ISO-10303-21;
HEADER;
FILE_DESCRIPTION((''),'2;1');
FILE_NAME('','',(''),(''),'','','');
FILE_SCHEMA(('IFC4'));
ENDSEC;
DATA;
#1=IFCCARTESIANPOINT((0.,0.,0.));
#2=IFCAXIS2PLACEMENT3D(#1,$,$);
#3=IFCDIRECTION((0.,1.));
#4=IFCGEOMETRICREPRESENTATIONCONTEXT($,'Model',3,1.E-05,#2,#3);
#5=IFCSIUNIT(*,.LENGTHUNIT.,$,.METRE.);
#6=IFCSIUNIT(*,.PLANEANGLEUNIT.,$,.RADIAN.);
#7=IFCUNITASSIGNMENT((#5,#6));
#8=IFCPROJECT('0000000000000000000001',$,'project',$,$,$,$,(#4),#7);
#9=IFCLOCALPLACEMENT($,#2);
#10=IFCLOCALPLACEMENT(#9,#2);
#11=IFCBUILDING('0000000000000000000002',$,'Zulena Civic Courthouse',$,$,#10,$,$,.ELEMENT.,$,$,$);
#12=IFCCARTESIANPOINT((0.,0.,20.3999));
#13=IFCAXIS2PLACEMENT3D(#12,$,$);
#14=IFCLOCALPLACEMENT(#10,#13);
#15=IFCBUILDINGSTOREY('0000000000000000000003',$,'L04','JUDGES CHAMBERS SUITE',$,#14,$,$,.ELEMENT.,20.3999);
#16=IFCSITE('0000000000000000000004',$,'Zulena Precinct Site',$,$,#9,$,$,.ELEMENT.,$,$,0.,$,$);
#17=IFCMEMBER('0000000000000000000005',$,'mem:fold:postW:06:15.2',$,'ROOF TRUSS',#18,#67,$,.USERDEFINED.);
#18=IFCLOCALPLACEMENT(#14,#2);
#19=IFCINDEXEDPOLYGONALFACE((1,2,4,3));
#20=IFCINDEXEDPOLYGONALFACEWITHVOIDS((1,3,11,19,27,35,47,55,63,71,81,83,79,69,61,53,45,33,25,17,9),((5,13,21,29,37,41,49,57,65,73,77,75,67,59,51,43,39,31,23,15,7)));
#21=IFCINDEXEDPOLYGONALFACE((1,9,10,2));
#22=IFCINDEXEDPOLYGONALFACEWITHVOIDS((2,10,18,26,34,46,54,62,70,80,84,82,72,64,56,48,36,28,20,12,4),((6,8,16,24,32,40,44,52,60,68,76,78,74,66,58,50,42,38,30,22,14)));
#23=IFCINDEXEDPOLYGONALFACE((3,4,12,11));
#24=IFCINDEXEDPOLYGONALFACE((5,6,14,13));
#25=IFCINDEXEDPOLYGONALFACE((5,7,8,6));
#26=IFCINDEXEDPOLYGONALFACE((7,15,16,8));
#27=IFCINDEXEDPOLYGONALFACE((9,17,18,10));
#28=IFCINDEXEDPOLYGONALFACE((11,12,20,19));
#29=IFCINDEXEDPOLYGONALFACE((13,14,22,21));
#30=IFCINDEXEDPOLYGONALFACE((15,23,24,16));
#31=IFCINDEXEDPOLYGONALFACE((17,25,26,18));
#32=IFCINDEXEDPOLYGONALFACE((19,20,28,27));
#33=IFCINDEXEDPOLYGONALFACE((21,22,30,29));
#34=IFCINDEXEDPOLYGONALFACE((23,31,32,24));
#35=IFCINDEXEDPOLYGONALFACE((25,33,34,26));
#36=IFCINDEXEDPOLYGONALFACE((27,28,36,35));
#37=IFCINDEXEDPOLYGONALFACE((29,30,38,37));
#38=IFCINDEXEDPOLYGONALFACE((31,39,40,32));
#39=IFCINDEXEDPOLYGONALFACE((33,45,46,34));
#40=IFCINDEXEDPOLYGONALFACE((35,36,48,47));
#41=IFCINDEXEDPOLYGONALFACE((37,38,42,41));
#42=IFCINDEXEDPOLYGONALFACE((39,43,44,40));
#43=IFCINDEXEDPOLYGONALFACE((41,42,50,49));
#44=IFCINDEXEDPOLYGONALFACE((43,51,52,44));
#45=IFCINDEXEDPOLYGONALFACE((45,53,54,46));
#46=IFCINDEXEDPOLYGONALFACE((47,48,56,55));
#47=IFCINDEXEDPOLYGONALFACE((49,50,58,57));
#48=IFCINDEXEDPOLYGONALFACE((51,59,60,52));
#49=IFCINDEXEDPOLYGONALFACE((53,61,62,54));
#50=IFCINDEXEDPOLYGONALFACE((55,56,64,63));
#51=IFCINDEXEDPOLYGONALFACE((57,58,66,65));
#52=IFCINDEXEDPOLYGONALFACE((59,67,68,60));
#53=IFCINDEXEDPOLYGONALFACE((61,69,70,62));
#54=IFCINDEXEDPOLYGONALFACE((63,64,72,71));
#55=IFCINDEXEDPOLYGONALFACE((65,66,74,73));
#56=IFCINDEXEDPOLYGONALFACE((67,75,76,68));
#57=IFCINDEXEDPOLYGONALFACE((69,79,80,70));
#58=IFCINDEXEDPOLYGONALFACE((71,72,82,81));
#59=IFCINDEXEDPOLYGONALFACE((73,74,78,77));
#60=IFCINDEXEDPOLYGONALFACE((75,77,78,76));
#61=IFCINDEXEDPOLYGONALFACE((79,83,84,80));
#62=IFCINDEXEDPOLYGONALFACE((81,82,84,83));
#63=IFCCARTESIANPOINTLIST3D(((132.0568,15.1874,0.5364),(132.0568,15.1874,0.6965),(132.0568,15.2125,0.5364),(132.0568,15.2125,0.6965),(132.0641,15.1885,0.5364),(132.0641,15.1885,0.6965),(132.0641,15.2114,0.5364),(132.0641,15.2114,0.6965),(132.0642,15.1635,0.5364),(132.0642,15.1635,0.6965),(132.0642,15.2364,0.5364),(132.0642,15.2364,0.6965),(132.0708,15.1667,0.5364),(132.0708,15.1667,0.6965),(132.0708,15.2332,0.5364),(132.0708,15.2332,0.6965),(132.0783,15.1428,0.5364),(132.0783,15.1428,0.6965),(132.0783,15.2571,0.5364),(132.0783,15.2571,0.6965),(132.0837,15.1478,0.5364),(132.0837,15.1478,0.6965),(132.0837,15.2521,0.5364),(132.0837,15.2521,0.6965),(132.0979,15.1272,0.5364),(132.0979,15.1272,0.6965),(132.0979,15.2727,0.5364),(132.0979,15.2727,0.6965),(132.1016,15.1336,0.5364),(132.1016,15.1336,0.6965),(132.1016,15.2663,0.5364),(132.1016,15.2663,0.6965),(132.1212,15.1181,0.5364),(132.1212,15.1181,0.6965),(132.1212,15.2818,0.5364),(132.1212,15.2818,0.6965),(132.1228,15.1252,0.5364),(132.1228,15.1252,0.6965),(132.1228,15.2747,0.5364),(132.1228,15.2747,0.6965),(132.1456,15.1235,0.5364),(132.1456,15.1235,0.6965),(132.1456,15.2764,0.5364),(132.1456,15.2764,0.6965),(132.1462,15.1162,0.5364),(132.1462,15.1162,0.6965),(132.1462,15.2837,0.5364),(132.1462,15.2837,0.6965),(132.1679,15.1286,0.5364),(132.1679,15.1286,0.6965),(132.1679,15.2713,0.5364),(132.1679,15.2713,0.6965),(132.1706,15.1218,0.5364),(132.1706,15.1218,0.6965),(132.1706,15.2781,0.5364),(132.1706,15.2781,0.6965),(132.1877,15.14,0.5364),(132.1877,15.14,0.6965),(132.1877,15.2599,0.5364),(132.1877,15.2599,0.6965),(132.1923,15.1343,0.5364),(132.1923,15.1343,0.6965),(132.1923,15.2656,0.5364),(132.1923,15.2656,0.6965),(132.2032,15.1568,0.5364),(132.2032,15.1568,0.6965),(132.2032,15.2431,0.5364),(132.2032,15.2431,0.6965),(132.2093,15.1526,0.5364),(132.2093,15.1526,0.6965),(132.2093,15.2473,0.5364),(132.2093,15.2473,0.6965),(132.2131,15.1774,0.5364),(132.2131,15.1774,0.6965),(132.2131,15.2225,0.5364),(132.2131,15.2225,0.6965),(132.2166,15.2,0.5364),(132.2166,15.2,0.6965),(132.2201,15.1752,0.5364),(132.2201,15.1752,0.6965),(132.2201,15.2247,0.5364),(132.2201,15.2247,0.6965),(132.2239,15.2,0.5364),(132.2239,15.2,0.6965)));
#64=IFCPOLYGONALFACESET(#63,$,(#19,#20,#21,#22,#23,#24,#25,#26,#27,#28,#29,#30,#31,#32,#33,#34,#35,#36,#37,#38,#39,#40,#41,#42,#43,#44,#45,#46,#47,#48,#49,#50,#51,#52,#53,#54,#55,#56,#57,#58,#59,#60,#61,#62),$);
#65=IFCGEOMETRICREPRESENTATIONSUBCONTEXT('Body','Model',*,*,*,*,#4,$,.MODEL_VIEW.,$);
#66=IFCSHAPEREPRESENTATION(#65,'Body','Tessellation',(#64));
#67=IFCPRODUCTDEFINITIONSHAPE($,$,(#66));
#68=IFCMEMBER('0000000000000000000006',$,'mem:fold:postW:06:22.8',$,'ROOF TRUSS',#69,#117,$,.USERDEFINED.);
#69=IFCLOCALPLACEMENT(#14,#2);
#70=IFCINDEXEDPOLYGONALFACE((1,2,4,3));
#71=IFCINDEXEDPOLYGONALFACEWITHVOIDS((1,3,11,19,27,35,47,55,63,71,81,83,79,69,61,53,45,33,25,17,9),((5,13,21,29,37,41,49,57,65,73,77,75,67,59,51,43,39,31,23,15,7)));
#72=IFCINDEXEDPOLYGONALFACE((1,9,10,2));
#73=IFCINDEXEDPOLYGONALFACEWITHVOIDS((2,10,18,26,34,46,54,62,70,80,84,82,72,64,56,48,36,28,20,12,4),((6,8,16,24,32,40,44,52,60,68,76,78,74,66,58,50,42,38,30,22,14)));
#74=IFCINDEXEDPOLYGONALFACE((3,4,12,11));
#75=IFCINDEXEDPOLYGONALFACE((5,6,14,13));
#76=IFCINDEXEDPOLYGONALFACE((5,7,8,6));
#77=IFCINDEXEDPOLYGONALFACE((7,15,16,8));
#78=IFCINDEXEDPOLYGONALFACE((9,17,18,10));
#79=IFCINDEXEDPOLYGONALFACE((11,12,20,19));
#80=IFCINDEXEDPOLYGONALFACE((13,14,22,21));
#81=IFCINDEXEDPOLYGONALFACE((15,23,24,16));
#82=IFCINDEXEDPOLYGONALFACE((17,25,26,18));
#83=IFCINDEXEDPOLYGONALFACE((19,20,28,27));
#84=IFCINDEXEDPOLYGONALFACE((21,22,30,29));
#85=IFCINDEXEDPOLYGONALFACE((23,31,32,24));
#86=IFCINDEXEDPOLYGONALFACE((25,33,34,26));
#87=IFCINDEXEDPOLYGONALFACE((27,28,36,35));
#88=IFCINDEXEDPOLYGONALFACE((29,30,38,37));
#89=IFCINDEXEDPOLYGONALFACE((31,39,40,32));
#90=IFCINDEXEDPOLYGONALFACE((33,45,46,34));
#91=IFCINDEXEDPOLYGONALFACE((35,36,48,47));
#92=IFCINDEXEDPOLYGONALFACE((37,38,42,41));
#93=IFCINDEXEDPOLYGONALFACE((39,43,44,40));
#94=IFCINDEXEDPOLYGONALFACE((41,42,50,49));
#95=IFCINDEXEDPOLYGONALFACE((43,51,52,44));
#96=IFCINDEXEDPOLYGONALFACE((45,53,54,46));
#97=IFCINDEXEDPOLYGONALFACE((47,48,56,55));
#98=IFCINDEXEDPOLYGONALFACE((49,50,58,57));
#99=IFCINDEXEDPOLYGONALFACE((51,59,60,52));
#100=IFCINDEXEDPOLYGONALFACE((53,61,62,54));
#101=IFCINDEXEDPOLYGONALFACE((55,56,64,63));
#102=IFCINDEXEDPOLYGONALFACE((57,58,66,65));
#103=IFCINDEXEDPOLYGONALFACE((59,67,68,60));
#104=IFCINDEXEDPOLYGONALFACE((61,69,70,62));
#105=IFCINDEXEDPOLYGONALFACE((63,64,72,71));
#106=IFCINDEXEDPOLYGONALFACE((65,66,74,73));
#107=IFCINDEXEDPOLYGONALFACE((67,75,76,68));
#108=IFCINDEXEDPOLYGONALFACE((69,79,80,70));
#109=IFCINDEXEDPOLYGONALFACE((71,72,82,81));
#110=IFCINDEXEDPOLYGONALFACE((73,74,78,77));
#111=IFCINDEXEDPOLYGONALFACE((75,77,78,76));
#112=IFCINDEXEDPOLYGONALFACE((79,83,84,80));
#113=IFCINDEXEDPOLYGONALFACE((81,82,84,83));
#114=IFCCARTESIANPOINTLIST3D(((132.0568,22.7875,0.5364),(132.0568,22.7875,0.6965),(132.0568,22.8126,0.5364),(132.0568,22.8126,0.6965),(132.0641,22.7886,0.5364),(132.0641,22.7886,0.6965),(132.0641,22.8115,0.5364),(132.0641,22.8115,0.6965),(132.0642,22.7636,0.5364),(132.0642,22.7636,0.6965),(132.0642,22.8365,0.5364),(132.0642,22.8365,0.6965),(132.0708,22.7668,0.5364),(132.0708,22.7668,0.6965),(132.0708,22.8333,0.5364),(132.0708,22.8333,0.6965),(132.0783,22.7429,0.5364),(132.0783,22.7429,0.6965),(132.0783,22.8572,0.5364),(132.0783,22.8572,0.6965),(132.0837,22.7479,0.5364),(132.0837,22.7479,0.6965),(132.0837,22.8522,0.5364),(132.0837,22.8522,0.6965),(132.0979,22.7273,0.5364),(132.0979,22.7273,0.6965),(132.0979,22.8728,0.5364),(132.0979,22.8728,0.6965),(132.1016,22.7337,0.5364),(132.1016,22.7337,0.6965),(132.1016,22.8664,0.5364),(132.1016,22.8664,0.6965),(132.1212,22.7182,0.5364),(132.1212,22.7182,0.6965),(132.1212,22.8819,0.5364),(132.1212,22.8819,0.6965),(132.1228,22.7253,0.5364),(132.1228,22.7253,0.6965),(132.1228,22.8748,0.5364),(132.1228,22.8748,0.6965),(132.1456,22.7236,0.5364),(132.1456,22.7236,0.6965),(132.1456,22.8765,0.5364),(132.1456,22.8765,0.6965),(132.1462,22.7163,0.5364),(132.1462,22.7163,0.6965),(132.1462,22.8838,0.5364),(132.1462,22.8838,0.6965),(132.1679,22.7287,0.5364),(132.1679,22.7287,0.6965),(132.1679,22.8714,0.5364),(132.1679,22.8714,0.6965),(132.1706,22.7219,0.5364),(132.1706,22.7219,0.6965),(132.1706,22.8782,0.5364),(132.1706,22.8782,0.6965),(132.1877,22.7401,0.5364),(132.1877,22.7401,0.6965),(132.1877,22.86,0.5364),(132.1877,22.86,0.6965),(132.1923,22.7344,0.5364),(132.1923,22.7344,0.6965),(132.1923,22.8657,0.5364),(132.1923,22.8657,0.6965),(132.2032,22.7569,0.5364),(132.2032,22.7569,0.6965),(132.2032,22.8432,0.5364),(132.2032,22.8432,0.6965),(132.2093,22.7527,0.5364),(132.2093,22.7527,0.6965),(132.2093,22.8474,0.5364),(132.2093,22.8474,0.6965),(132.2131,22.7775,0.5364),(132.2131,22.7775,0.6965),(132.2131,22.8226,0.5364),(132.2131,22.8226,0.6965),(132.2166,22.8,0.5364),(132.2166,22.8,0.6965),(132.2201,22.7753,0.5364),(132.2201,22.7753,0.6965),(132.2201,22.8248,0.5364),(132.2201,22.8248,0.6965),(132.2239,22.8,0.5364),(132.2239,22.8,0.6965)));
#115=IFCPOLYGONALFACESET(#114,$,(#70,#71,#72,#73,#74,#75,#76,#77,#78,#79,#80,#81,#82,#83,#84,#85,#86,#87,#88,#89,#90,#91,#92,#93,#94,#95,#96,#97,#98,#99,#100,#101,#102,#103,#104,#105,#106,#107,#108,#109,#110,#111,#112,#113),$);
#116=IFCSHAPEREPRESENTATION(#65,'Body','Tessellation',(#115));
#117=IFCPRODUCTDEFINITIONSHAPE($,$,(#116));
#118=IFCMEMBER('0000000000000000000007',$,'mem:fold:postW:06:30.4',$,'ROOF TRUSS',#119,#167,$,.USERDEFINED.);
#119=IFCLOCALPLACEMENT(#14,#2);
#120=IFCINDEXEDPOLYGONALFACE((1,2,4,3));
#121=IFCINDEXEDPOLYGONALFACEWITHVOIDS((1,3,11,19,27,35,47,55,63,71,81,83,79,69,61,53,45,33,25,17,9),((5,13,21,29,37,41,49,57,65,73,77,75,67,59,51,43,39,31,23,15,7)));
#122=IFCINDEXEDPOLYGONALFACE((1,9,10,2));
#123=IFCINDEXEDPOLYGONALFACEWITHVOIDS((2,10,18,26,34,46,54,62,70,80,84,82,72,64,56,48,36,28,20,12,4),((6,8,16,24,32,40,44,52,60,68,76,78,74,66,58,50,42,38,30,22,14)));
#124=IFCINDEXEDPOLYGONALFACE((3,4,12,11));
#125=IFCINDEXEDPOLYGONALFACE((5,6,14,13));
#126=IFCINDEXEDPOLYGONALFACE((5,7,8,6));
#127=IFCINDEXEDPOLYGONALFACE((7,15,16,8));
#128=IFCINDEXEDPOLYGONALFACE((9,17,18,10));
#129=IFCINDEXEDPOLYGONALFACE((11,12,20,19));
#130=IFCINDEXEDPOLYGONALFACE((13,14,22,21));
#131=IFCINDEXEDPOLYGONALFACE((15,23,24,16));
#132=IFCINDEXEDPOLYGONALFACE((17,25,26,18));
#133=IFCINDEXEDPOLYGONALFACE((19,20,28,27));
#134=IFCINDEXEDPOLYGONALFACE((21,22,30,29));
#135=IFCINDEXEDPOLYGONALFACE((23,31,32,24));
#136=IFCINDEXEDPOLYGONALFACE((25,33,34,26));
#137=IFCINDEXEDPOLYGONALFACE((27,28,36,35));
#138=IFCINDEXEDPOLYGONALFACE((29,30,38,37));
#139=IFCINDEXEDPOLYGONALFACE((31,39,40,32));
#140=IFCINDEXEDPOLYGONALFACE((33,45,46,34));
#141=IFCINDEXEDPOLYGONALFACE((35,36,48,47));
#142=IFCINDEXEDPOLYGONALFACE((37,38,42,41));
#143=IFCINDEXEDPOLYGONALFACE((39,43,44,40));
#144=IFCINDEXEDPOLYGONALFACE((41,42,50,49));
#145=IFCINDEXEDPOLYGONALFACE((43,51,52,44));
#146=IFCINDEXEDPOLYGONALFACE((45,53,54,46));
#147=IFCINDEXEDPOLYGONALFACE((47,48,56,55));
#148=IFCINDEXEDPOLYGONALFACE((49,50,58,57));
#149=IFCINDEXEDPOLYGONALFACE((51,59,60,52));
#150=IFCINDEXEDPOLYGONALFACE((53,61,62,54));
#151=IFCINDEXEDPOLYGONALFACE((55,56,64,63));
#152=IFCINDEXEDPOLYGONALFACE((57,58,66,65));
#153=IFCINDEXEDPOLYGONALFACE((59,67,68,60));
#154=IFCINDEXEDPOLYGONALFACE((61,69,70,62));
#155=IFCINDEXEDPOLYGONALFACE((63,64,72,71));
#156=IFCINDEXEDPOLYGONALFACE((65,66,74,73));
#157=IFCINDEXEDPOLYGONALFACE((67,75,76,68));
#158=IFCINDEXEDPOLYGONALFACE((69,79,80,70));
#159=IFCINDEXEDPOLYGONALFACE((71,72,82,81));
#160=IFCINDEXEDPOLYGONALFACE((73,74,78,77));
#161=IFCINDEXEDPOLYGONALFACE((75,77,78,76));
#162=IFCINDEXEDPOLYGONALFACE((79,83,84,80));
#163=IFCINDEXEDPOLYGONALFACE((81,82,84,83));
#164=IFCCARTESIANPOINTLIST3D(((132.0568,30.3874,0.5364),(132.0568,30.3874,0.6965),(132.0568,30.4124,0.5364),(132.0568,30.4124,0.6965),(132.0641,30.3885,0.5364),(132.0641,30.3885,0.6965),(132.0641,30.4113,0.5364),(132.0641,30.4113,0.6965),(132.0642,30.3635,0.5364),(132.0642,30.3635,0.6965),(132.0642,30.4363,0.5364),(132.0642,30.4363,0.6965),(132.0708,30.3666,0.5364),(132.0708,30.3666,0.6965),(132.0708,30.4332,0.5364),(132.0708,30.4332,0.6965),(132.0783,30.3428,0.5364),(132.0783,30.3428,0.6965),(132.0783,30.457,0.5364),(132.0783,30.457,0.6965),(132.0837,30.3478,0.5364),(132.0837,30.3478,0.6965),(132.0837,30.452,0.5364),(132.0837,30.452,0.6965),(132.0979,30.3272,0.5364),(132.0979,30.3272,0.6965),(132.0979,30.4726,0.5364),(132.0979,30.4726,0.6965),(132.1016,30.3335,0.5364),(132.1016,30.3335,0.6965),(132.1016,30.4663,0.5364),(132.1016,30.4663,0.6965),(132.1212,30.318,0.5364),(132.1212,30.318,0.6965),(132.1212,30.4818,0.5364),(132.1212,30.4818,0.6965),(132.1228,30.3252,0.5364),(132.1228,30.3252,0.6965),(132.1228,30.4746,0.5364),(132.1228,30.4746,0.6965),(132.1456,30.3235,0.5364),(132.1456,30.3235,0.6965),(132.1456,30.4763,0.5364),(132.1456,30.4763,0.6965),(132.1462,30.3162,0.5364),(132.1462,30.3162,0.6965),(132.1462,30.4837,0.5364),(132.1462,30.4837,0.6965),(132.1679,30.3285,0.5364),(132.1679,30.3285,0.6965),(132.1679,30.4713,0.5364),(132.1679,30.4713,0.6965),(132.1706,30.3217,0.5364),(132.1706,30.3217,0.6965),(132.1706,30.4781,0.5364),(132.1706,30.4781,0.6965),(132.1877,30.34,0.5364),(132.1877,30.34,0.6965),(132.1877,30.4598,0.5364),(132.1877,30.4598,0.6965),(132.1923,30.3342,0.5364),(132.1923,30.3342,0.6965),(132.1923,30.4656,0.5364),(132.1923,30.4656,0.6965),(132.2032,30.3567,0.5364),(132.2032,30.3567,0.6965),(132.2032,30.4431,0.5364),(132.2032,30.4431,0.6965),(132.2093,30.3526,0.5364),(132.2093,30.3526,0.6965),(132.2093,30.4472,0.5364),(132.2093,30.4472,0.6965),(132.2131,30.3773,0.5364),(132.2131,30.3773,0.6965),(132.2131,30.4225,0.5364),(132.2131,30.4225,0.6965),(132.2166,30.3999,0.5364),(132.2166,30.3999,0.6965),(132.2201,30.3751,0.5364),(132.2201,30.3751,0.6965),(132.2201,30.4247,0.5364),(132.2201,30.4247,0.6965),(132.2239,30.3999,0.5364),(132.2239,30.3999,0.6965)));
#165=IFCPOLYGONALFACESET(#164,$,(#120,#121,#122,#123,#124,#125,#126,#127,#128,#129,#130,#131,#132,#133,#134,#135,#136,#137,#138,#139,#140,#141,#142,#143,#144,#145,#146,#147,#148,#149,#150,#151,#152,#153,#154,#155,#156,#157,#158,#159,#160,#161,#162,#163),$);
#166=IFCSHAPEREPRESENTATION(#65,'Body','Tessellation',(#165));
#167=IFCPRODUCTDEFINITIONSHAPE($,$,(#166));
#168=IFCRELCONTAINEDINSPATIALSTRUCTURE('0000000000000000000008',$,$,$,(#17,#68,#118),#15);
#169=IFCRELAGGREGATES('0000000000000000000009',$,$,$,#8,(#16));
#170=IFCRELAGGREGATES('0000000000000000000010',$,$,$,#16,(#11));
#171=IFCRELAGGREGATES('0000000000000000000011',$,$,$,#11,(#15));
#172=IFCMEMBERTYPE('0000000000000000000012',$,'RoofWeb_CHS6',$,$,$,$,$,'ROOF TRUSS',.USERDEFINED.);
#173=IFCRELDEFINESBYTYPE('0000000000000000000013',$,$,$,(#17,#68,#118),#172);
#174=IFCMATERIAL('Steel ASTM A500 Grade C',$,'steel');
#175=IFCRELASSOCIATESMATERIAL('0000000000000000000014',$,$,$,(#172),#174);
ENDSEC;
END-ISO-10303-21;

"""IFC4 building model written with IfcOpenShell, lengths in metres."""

from ifc_helpers import new_model, si_unit, direction, frame, origin, origin_2d, place, context, subcontext, project, spatial, hollow_circle, extrude, material, material_profile, profile_set, type_object, element, save


model = new_model("IFC4")

# Units and contexts
model_context = context("Model", 3, precision=1e-05, world=origin(), true_north=direction((0.0, 1.0)))
body_context = subcontext(model_context, "Body", "Model", "MODEL_VIEW")
ifc_project = project(units=[si_unit("LENGTHUNIT", "METRE"), si_unit("PLANEANGLEUNIT", "RADIAN")], contexts=[model_context])

# Site, building, storey
site_placement = place(None, origin())
site = spatial("IfcSite", under=ifc_project, at=site_placement, Name="Zulena Precinct Site", CompositionType="ELEMENT", RefElevation=0.0)
building_placement = place(site_placement, origin())
building = spatial("IfcBuilding", under=site, at=building_placement, Name="Zulena Civic Courthouse", CompositionType="ELEMENT")
storey_placement = place(building_placement, frame((0.0, 0.0, 20.3999)))
storey = spatial("IfcBuildingStorey", under=building, at=storey_placement, Name="L04", Description="JUDGES CHAMBERS SUITE", CompositionType="ELEMENT", Elevation=20.3999)

# Members
ifc_material_1 = material(Name="Steel ASTM A500 Grade C", Category="steel")
ifc_material_profile_1 = material_profile(ifc_material_1, hollow_circle(Radius=0.084, WallThickness=0.0073, at=origin_2d()), Name="HSS6.625X0.312")
ifc_profile_set_1 = profile_set([ifc_material_profile_1], Name="Steel ASTM A500 Grade C")
member_type_1 = type_object("IfcMemberType", Name="RoofWeb_CHS6", ElementType="ROOF TRUSS", PredefinedType="USERDEFINED", material=ifc_profile_set_1)
for number, where, z_axis, x_axis, name in (
    (1, (132.1399, 15.2, 0.5364), (0.0, 0.0, 1.0), (1.0, 0.0, 0.0), "mem:fold:postW:06:15.2"),
    (2, (132.1399, 22.8, 0.5364), (0.0, 0.0, 1.0), (1.0, 0.0, 0.0), "mem:fold:postW:06:22.8"),
    (3, (132.1399, 30.3999, 0.5364), (0.0, 0.0, 1.0), (1.0, 0.0, 0.0), "mem:fold:postW:06:30.4"),
):
    element("IfcMember", number, at=place(storey_placement, frame(where, z_axis=z_axis, x_axis=x_axis)), inside=storey, type_object=member_type_1, Name=name, ObjectType="ROOF TRUSS", PredefinedType="USERDEFINED", context=body_context, shape_type="SweptSolid", body=[
        extrude(hollow_circle(Radius=0.084, WallThickness=0.0073, at=origin_2d()), origin(), (0.0, 0.0, 1.0), 0.1602),
    ])

save(model, "model.ifc")
